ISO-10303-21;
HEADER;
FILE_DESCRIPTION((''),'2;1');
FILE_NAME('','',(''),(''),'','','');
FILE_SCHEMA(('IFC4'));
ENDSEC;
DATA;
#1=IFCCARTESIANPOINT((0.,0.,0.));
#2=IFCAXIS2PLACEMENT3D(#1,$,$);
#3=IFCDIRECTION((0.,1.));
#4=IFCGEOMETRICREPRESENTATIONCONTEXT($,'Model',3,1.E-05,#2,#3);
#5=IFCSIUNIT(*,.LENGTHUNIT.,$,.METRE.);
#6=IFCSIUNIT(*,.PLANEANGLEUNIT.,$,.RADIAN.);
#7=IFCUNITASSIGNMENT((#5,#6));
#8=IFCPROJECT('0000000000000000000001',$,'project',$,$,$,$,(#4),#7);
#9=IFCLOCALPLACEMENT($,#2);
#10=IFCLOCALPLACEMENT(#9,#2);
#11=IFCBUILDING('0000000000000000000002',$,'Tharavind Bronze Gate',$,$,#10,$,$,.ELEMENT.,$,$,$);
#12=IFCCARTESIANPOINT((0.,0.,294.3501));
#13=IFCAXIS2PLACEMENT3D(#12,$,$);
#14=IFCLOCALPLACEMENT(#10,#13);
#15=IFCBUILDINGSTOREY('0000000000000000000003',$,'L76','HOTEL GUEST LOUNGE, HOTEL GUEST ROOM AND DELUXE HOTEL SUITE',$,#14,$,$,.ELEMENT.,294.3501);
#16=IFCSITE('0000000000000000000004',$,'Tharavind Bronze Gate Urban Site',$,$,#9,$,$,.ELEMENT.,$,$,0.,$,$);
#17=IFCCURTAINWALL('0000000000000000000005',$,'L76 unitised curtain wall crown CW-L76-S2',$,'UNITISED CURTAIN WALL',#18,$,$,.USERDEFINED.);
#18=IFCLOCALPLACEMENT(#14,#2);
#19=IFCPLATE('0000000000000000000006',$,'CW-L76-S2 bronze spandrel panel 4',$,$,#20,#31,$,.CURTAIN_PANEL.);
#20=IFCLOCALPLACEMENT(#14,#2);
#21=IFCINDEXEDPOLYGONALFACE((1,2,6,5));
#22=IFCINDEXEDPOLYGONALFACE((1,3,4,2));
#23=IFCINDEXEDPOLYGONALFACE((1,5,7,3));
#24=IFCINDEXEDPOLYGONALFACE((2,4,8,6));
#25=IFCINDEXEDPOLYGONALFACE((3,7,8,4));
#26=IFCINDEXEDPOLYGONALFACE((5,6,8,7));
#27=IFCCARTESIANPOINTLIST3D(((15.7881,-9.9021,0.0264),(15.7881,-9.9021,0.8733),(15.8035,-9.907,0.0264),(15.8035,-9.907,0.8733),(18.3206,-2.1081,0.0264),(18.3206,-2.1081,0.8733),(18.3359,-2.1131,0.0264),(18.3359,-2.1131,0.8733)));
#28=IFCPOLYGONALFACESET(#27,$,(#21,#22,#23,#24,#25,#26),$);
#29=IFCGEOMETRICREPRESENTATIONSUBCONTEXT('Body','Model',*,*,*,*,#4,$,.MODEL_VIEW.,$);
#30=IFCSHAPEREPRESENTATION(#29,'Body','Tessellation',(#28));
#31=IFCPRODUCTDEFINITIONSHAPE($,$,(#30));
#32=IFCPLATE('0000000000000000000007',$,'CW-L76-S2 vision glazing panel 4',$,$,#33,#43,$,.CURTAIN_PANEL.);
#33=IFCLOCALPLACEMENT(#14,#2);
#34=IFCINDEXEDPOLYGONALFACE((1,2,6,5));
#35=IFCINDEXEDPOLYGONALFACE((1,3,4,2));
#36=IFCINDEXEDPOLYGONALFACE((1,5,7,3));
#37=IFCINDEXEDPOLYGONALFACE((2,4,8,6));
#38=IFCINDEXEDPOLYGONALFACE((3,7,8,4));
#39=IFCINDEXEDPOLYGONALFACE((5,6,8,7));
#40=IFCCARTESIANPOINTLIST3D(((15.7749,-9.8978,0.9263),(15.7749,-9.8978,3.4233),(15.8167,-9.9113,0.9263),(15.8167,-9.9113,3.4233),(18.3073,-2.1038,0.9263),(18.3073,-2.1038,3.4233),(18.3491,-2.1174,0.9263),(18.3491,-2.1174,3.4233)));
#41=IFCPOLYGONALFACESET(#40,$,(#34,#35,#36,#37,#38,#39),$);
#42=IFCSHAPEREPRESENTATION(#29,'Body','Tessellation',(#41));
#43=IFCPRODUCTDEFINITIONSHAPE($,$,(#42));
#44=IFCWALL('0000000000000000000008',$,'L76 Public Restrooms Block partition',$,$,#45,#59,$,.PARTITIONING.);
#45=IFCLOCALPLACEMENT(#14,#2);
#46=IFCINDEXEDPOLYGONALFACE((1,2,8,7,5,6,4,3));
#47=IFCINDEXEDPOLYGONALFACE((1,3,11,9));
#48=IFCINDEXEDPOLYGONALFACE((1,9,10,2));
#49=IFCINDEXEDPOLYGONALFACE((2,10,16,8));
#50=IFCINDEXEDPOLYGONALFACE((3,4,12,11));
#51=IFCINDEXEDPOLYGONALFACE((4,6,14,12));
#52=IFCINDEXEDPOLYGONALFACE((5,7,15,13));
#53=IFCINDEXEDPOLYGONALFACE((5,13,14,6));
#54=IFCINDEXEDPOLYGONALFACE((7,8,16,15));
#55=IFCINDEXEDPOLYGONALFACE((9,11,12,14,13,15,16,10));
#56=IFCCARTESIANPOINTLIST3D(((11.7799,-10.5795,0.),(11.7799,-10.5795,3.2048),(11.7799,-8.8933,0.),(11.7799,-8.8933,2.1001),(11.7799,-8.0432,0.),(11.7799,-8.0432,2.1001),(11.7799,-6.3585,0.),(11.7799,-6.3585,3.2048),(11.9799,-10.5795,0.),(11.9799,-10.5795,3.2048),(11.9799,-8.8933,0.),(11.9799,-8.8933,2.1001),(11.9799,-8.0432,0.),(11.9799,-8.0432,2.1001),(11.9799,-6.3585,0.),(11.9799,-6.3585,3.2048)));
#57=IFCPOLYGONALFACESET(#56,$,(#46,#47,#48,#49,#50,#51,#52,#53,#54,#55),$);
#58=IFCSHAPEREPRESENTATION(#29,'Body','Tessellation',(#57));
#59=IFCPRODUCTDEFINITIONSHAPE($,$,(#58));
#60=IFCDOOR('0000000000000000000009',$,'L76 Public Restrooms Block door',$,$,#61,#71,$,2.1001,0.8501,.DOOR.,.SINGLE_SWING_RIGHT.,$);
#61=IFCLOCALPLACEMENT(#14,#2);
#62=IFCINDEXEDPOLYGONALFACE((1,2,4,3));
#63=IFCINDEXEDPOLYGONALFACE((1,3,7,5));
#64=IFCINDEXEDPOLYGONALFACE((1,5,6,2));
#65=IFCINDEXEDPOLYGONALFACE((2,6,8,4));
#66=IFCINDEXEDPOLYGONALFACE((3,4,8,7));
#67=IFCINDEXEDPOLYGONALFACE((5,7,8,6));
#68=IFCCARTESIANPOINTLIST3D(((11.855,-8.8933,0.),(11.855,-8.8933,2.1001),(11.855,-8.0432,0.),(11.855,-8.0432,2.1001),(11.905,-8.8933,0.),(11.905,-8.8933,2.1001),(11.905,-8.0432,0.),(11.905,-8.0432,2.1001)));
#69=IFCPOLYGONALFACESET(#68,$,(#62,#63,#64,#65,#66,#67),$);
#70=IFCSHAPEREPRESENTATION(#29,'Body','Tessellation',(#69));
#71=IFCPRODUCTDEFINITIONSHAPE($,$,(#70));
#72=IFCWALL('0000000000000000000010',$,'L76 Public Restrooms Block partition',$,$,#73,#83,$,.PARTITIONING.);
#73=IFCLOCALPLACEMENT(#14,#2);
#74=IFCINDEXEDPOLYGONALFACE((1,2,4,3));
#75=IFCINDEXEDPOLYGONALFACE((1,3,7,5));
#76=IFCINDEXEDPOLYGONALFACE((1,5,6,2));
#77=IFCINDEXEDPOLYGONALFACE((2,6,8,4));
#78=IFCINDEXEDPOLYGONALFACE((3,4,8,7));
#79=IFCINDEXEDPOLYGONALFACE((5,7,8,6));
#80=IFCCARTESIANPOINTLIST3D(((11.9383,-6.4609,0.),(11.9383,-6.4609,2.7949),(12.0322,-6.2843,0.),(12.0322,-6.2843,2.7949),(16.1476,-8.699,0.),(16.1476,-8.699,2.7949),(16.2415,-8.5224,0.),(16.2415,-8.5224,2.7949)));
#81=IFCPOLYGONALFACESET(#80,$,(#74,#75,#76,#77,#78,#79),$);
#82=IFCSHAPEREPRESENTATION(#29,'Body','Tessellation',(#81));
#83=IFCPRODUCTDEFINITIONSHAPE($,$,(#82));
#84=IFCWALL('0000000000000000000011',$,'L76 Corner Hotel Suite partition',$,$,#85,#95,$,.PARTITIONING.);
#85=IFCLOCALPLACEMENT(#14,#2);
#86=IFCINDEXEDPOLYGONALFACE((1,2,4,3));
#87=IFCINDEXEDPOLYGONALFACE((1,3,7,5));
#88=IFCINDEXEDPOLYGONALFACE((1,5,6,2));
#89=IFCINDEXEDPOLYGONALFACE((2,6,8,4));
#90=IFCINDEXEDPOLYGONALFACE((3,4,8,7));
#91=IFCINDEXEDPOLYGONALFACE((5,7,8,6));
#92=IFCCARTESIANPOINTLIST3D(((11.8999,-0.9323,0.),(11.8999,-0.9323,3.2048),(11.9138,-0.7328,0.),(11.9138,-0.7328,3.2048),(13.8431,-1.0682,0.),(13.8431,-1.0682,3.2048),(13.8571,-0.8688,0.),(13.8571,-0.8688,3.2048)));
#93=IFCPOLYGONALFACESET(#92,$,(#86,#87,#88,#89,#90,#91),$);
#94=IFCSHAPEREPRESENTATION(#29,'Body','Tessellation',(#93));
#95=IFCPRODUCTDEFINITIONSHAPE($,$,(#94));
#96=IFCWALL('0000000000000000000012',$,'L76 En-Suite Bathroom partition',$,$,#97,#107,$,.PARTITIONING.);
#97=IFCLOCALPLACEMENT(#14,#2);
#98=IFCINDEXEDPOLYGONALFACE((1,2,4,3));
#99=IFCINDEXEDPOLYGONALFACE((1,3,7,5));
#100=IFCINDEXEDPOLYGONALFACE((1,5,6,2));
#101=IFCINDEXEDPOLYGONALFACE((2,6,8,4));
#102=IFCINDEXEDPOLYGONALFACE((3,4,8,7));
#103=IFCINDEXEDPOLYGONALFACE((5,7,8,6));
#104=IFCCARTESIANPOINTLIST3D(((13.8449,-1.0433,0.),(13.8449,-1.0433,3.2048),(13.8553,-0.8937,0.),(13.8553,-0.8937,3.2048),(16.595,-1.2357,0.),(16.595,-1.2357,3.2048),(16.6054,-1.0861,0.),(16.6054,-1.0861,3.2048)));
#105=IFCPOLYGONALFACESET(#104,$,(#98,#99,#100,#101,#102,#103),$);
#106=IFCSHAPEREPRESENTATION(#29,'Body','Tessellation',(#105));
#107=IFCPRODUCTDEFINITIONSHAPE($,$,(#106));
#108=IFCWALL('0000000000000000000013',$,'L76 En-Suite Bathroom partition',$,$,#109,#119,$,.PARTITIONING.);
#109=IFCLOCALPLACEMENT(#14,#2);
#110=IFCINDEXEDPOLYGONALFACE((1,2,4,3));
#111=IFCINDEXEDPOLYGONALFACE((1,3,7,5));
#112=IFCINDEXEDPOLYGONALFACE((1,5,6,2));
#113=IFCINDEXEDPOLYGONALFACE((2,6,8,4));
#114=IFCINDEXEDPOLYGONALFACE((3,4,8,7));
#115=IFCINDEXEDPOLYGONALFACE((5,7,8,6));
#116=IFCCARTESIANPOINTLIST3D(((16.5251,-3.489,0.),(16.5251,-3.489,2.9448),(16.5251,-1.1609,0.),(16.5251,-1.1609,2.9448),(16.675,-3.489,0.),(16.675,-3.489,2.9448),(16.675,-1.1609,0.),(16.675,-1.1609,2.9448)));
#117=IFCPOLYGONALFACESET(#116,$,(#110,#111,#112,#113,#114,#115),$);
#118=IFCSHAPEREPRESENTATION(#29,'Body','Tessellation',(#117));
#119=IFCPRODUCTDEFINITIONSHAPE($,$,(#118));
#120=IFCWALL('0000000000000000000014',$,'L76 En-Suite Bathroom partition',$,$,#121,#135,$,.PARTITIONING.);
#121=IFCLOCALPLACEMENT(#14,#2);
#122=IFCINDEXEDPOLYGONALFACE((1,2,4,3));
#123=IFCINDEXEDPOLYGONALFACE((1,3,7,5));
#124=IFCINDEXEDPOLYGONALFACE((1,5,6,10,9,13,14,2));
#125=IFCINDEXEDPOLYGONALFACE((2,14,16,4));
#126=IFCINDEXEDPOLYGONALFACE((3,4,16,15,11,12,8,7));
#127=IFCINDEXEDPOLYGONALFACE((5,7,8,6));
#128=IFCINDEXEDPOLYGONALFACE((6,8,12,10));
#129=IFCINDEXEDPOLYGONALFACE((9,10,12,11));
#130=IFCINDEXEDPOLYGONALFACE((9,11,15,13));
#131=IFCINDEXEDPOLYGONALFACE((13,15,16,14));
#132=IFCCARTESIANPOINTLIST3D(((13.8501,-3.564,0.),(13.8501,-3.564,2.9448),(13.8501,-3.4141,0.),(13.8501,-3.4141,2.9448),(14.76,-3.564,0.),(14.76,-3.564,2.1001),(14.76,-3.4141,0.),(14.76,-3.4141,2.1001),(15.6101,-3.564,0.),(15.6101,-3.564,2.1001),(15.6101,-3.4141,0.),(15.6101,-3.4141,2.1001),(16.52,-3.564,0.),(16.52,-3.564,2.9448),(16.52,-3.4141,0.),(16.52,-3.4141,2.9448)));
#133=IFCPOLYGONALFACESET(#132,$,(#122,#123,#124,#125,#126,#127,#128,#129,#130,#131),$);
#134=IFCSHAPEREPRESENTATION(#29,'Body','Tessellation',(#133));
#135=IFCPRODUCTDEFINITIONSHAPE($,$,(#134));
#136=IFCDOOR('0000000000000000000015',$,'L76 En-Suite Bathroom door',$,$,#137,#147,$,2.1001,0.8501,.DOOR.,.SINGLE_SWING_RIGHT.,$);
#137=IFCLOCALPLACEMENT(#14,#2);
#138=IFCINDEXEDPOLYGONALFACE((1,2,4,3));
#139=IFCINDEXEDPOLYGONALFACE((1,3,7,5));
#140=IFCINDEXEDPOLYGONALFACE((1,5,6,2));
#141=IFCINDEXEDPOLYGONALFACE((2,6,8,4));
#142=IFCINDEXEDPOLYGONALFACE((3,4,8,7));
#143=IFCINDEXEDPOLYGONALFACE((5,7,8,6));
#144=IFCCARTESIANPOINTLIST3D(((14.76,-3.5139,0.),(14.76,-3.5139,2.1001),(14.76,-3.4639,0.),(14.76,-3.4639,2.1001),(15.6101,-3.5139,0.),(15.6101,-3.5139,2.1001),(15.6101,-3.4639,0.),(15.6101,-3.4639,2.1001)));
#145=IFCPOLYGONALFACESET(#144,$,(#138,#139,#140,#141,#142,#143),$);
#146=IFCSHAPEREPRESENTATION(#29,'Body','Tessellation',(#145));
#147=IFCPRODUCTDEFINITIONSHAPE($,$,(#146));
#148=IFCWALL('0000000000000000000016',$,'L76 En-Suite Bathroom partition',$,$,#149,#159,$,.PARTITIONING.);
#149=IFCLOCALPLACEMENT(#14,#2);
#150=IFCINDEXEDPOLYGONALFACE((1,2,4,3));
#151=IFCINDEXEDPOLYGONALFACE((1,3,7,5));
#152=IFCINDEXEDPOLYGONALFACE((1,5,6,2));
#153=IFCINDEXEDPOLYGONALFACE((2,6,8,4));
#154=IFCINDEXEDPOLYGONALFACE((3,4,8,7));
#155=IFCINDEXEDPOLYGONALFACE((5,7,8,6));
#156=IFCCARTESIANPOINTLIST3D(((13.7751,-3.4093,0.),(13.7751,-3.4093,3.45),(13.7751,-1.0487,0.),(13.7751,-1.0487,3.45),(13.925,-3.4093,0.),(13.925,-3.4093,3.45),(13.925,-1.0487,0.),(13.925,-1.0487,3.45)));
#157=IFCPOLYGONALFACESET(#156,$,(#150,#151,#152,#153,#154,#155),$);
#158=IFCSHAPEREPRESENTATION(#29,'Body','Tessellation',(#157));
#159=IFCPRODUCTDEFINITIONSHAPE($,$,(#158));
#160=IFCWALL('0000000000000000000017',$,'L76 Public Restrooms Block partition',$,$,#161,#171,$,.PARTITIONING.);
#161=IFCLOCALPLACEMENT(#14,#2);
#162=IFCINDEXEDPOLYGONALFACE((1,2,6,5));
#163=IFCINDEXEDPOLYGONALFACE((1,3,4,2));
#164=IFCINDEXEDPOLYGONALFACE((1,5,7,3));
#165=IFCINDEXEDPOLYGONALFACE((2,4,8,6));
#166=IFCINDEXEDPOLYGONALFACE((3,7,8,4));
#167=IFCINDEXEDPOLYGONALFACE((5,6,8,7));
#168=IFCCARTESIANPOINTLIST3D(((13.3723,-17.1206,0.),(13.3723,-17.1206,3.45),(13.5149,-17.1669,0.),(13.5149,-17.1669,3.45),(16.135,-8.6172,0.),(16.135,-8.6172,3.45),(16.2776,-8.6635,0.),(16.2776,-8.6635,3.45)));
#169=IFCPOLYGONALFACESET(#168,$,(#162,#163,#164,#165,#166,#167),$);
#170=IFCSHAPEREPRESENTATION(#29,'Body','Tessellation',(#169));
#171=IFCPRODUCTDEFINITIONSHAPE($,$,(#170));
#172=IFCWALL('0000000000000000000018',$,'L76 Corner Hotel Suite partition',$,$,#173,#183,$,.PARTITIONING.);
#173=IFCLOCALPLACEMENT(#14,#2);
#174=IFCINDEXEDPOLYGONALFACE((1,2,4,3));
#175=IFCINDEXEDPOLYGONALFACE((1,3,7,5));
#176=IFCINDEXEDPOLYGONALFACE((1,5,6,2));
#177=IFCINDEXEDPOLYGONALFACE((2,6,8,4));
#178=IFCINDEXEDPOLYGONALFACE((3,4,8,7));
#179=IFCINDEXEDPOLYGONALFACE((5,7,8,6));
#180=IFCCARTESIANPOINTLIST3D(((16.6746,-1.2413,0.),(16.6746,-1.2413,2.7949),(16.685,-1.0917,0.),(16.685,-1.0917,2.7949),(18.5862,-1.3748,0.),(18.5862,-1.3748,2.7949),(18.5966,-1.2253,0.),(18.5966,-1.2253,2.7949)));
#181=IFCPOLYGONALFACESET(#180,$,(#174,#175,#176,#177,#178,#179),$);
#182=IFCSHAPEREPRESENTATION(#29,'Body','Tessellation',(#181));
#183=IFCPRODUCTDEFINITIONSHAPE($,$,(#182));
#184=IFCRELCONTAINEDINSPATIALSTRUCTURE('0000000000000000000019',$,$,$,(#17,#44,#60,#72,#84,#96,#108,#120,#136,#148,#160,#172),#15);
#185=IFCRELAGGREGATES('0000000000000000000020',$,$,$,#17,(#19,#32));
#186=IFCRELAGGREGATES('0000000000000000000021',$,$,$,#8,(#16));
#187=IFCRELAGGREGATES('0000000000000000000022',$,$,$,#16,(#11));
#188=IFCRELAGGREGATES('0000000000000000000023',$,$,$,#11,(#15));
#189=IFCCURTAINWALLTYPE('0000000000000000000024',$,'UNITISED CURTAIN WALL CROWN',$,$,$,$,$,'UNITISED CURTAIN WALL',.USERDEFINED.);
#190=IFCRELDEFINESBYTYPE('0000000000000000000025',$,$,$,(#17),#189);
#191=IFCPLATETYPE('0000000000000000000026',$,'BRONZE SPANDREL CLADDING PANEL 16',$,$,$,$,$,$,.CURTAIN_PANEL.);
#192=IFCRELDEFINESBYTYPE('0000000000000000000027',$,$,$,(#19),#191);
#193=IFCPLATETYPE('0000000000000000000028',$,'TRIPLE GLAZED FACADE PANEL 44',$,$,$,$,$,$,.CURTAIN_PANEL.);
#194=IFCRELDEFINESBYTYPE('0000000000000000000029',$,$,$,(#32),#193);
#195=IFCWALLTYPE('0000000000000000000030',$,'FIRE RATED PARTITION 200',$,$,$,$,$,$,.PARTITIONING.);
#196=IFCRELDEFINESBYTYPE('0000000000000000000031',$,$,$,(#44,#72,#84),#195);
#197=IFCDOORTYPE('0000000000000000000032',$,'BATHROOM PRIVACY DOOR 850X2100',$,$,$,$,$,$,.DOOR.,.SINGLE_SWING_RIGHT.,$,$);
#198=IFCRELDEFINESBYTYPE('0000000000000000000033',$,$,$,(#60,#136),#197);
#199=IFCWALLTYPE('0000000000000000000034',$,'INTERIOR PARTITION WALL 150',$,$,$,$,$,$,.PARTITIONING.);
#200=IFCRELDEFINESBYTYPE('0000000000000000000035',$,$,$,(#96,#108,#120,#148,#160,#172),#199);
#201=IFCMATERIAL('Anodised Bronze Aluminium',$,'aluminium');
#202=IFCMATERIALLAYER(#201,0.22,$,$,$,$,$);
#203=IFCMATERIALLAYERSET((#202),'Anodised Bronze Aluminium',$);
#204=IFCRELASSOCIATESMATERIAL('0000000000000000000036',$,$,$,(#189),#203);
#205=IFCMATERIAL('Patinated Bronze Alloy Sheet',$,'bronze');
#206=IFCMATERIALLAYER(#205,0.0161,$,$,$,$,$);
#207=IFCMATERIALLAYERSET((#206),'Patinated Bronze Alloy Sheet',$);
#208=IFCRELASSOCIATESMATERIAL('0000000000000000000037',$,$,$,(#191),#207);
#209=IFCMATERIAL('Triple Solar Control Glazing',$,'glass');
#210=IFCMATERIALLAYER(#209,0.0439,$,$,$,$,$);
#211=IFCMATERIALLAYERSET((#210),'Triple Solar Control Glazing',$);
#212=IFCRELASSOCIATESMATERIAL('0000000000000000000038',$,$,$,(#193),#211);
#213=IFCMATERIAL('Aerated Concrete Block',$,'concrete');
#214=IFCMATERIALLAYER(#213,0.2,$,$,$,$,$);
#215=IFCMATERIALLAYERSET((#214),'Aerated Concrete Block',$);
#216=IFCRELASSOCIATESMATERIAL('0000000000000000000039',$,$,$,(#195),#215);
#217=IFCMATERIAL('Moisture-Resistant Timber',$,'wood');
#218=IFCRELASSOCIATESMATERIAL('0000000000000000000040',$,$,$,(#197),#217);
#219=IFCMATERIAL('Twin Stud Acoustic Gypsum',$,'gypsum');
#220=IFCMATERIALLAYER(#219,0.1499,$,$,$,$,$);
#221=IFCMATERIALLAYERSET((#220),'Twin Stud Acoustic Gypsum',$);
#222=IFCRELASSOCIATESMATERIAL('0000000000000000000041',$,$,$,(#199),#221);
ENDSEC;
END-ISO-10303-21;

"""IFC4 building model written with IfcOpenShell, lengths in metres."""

from ifc_helpers import new_model, si_unit, direction, frame, frame_2d, origin, origin_2d, place, context, subcontext, project, spatial, rectangle, extrude, material, layer, layer_set, type_object, element, fill, aggregate, save


model = new_model("IFC4")

# Units and contexts
model_context = context("Model", 3, precision=1e-05, world=origin(), true_north=direction((0.0, 1.0)))
body_context = subcontext(model_context, "Body", "Model", "MODEL_VIEW")
ifc_project = project(units=[si_unit("LENGTHUNIT", "METRE"), si_unit("PLANEANGLEUNIT", "RADIAN")], contexts=[model_context])

# Site, building, storey
site_placement = place(None, origin())
site = spatial("IfcSite", under=ifc_project, at=site_placement, Name="Tharavind Bronze Gate Urban Site", CompositionType="ELEMENT", RefElevation=0.0)
building_placement = place(site_placement, origin())
building = spatial("IfcBuilding", under=site, at=building_placement, Name="Tharavind Bronze Gate", CompositionType="ELEMENT")
storey_placement = place(building_placement, frame((0.0, 0.0, 294.3501)))
storey = spatial("IfcBuildingStorey", under=building, at=storey_placement, Name="L76", Description="HOTEL GUEST LOUNGE, HOTEL GUEST ROOM AND DELUXE HOTEL SUITE", CompositionType="ELEMENT", Elevation=294.3501)

# Curtain wall
ifc_material_1 = material(Name="Anodised Bronze Aluminium", Category="aluminium")
ifc_layer_1 = layer(ifc_material_1, 0.22)
ifc_layer_set_1 = layer_set([ifc_layer_1], Name="Anodised Bronze Aluminium")
curtain_wall_type = type_object("IfcCurtainWallType", Name="UNITISED CURTAIN WALL CROWN", ElementType="UNITISED CURTAIN WALL", PredefinedType="USERDEFINED", material=ifc_layer_set_1)
curtain_wall_placement = place(storey_placement, origin())
curtain_wall = element("IfcCurtainWall", 1, at=curtain_wall_placement, inside=storey, type_object=curtain_wall_type, Name="L76 unitised curtain wall crown CW-L76-S2", ObjectType="UNITISED CURTAIN WALL", PredefinedType="USERDEFINED")

# Plates
ifc_material_2 = material(Name="Patinated Bronze Alloy Sheet", Category="bronze")
ifc_layer_2 = layer(ifc_material_2, 0.0161)
ifc_layer_set_2 = layer_set([ifc_layer_2], Name="Patinated Bronze Alloy Sheet")
plate_type_1 = type_object("IfcPlateType", Name="BRONZE SPANDREL CLADDING PANEL 16", PredefinedType="CURTAIN_PANEL", material=ifc_layer_set_2)
plate_1_placement = place(storey_placement, frame((17.062, -6.0076, 0.0264), z_axis=(0.0, 0.0, 1.0), x_axis=(0.309017, 0.951057, 0.0)))
plate_1 = element("IfcPlate", 2, at=plate_1_placement, type_object=plate_type_1, Name="CW-L76-S2 bronze spandrel panel 4", PredefinedType="CURTAIN_PANEL", context=body_context, shape_type="SweptSolid", body=[
    extrude(rectangle(XDim=8.1951, YDim=0.0161, at=origin_2d()), origin(), (0.0, 0.0, 1.0), 0.8469),
])
ifc_material_3 = material(Name="Triple Solar Control Glazing", Category="glass")
ifc_layer_3 = layer(ifc_material_3, 0.0439)
ifc_layer_set_3 = layer_set([ifc_layer_3], Name="Triple Solar Control Glazing")
plate_type_2 = type_object("IfcPlateType", Name="TRIPLE GLAZED FACADE PANEL 44", PredefinedType="CURTAIN_PANEL", material=ifc_layer_set_3)
plate_2_placement = place(storey_placement, frame((17.062, -6.0076, 0.9263), z_axis=(0.0, 0.0, 1.0), x_axis=(0.309017, 0.951057, 0.0)))
plate_2 = element("IfcPlate", 3, at=plate_2_placement, type_object=plate_type_2, Name="CW-L76-S2 vision glazing panel 4", PredefinedType="CURTAIN_PANEL", context=body_context, shape_type="SweptSolid", body=[
    extrude(rectangle(XDim=8.1951, YDim=0.0439, at=origin_2d()), origin(), (0.0, 0.0, 1.0), 2.4971),
])
aggregate(curtain_wall, [plate_1, plate_2])

# Wall, opening, door
ifc_material_4 = material(Name="Aerated Concrete Block", Category="concrete")
ifc_layer_4 = layer(ifc_material_4, 0.2)
ifc_layer_set_4 = layer_set([ifc_layer_4], Name="Aerated Concrete Block")
wall_type_1 = type_object("IfcWallType", Name="FIRE RATED PARTITION 200", PredefinedType="PARTITIONING", material=ifc_layer_set_4)
wall_1_placement = place(storey_placement, frame((11.8799, -10.5793, 0.0), z_axis=(0.0, 0.0, 1.0), x_axis=(0.0, 1.0, 0.0)))
wall_1 = element("IfcWall", 4, at=wall_1_placement, inside=storey, type_object=wall_type_1, Name="L76 Public Restrooms Block partition", PredefinedType="PARTITIONING", context=body_context, shape_type="SweptSolid", body=[
    extrude(rectangle(XDim=4.2209, YDim=0.2, at=frame_2d((2.1104, 0.0))), origin(), (0.0, 0.0, 1.0), 3.2048),
])
opening_1_placement = place(wall_1_placement, frame((1.686, 0.0, 0.0)))
opening_1 = element("IfcOpeningElement", 5, at=opening_1_placement, cuts=wall_1, PredefinedType="OPENING", context=body_context, shape_type="SweptSolid", body=[
    extrude(rectangle(XDim=0.8501, YDim=2.1001, at=frame_2d((0.425, 1.05))), frame((0.0, 0.1101, 0.0), z_axis=(0.0, -1.0, 0.0), x_axis=(1.0, 0.0, 0.0)), (0.0, 0.0, 1.0), 0.22),
])
ifc_material_5 = material(Name="Moisture-Resistant Timber", Category="wood")
door_type_1 = type_object("IfcDoorType", Name="BATHROOM PRIVACY DOOR 850X2100", OperationType="SINGLE_SWING_RIGHT", PredefinedType="DOOR", material=ifc_material_5)
door_1_placement = place(opening_1_placement, origin())
door_1 = element("IfcDoor", 6, at=door_1_placement, inside=storey, type_object=door_type_1, Name="L76 Public Restrooms Block door", OperationType="SINGLE_SWING_RIGHT", OverallHeight=2.1001, OverallWidth=0.8501, PredefinedType="DOOR", context=body_context, shape_type="SweptSolid", body=[
    extrude(rectangle(XDim=0.8501, YDim=2.1001, at=frame_2d((0.425, 1.05))), frame((0.0, 0.0249, 0.0), z_axis=(0.0, -1.0, 0.0), x_axis=(1.0, 0.0, 0.0)), (0.0, 0.0, 1.0), 0.05),
])
fill(opening_1, door_1)

# Wall
wall_2_placement = place(storey_placement, frame((11.9851, -6.3726, 0.0), z_axis=(0.0, 0.0, 1.0), x_axis=(0.882952, -0.469463, 0.0)))
element("IfcWall", 7, at=wall_2_placement, inside=storey, type_object=wall_type_1, Name="L76 Public Restrooms Block partition", PredefinedType="PARTITIONING", context=body_context, shape_type="SweptSolid", body=[
    extrude(rectangle(XDim=4.7673, YDim=0.2, at=frame_2d((2.3838, 0.0))), origin(), (0.0, 0.0, 1.0), 2.7949),
])

# Wall
wall_3_placement = place(storey_placement, frame((11.9067, -0.8325, 0.0), z_axis=(0.0, 0.0, 1.0), x_axis=(0.997561, -0.069804, 0.0)))
element("IfcWall", 8, at=wall_3_placement, inside=storey, type_object=wall_type_1, Name="L76 Corner Hotel Suite partition", PredefinedType="PARTITIONING", context=body_context, shape_type="SweptSolid", body=[
    extrude(rectangle(XDim=1.948, YDim=0.2, at=frame_2d((0.9741, 0.0))), origin(), (0.0, 0.0, 1.0), 3.2048),
])

# Walls
ifc_material_6 = material(Name="Twin Stud Acoustic Gypsum", Category="gypsum")
ifc_layer_5 = layer(ifc_material_6, 0.1499)
ifc_layer_set_5 = layer_set([ifc_layer_5], Name="Twin Stud Acoustic Gypsum")
wall_type_2 = type_object("IfcWallType", Name="INTERIOR PARTITION WALL 150", PredefinedType="PARTITIONING", material=ifc_layer_set_5)
wall_4_placement = place(storey_placement, frame((13.8501, -0.9685, 0.0), z_axis=(0.0, 0.0, 1.0), x_axis=(0.997562, -0.069787, 0.0)))
element("IfcWall", 9, at=wall_4_placement, inside=storey, type_object=wall_type_2, Name="L76 En-Suite Bathroom partition", PredefinedType="PARTITIONING", context=body_context, shape_type="SweptSolid", body=[
    extrude(rectangle(XDim=2.7568, YDim=0.1499, at=frame_2d((1.3784, 0.0))), origin(), (0.0, 0.0, 1.0), 3.2048),
])
wall_5_placement = place(storey_placement, frame((16.6001, -1.1609, 0.0), z_axis=(0.0, 0.0, 1.0), x_axis=(0.0, -1.0, 0.0)))
element("IfcWall", 10, at=wall_5_placement, inside=storey, type_object=wall_type_2, Name="L76 En-Suite Bathroom partition", PredefinedType="PARTITIONING", context=body_context, shape_type="SweptSolid", body=[
    extrude(rectangle(XDim=2.3281, YDim=0.1499, at=frame_2d((1.1641, 0.0))), origin(), (0.0, 0.0, 1.0), 2.9448),
])

# Wall, opening, door
wall_6_placement = place(storey_placement, frame((16.52, -3.489, 0.0), z_axis=(0.0, 0.0, 1.0), x_axis=(-1.0, 0.0, 0.0)))
wall_6 = element("IfcWall", 11, at=wall_6_placement, inside=storey, type_object=wall_type_2, Name="L76 En-Suite Bathroom partition", PredefinedType="PARTITIONING", context=body_context, shape_type="SweptSolid", body=[
    extrude(rectangle(XDim=2.6699, YDim=0.1499, at=frame_2d((1.335, 0.0))), origin(), (0.0, 0.0, 1.0), 2.9448),
])
opening_2_placement = place(wall_6_placement, frame((0.9099, 0.0, 0.0)))
opening_2 = element("IfcOpeningElement", 12, at=opening_2_placement, cuts=wall_6, PredefinedType="OPENING", context=body_context, shape_type="SweptSolid", body=[
    extrude(rectangle(XDim=0.8501, YDim=2.1001, at=frame_2d((0.425, 1.05))), frame((0.0, 0.085, 0.0), z_axis=(0.0, -1.0, 0.0), x_axis=(1.0, 0.0, 0.0)), (0.0, 0.0, 1.0), 0.1699),
])
door_2_placement = place(opening_2_placement, origin())
door_2 = element("IfcDoor", 13, at=door_2_placement, inside=storey, type_object=door_type_1, Name="L76 En-Suite Bathroom door", OperationType="SINGLE_SWING_RIGHT", OverallHeight=2.1001, OverallWidth=0.8501, PredefinedType="DOOR", context=body_context, shape_type="SweptSolid", body=[
    extrude(rectangle(XDim=0.8501, YDim=2.1001, at=frame_2d((0.425, 1.05))), frame((0.0, 0.0249, 0.0), z_axis=(0.0, -1.0, 0.0), x_axis=(1.0, 0.0, 0.0)), (0.0, 0.0, 1.0), 0.05),
])
fill(opening_2, door_2)

# Walls
wall_7_placement = place(storey_placement, frame((13.8501, -3.4092, 0.0), z_axis=(0.0, 0.0, 1.0), x_axis=(0.0, 1.0, 0.0)))
element("IfcWall", 14, at=wall_7_placement, inside=storey, type_object=wall_type_2, Name="L76 En-Suite Bathroom partition", PredefinedType="PARTITIONING", context=body_context, shape_type="SweptSolid", body=[
    extrude(rectangle(XDim=2.3606, YDim=0.1499, at=frame_2d((1.1802, 0.0))), origin(), (0.0, 0.0, 1.0), 3.45),
])
wall_8_placement = place(storey_placement, frame((16.2063, -8.6404, 0.0), z_axis=(0.0, 0.0, 1.0), x_axis=(-0.308993, -0.951064, 0.0)))
element("IfcWall", 15, at=wall_8_placement, inside=storey, type_object=wall_type_2, Name="L76 Public Restrooms Block partition", PredefinedType="PARTITIONING", context=body_context, shape_type="SweptSolid", body=[
    extrude(rectangle(XDim=8.9409, YDim=0.1499, at=frame_2d((4.4705, 0.0))), origin(), (0.0, 0.0, 1.0), 3.45),
])
wall_9_placement = place(storey_placement, frame((16.6799, -1.1665, 0.0), z_axis=(0.0, 0.0, 1.0), x_axis=(0.997569, -0.06969, 0.0)))
element("IfcWall", 16, at=wall_9_placement, inside=storey, type_object=wall_type_2, Name="L76 Corner Hotel Suite partition", PredefinedType="PARTITIONING", context=body_context, shape_type="SweptSolid", body=[
    extrude(rectangle(XDim=1.9163, YDim=0.1499, at=frame_2d((0.958, 0.0))), origin(), (0.0, 0.0, 1.0), 2.7949),
])

save(model, "model.ifc")
